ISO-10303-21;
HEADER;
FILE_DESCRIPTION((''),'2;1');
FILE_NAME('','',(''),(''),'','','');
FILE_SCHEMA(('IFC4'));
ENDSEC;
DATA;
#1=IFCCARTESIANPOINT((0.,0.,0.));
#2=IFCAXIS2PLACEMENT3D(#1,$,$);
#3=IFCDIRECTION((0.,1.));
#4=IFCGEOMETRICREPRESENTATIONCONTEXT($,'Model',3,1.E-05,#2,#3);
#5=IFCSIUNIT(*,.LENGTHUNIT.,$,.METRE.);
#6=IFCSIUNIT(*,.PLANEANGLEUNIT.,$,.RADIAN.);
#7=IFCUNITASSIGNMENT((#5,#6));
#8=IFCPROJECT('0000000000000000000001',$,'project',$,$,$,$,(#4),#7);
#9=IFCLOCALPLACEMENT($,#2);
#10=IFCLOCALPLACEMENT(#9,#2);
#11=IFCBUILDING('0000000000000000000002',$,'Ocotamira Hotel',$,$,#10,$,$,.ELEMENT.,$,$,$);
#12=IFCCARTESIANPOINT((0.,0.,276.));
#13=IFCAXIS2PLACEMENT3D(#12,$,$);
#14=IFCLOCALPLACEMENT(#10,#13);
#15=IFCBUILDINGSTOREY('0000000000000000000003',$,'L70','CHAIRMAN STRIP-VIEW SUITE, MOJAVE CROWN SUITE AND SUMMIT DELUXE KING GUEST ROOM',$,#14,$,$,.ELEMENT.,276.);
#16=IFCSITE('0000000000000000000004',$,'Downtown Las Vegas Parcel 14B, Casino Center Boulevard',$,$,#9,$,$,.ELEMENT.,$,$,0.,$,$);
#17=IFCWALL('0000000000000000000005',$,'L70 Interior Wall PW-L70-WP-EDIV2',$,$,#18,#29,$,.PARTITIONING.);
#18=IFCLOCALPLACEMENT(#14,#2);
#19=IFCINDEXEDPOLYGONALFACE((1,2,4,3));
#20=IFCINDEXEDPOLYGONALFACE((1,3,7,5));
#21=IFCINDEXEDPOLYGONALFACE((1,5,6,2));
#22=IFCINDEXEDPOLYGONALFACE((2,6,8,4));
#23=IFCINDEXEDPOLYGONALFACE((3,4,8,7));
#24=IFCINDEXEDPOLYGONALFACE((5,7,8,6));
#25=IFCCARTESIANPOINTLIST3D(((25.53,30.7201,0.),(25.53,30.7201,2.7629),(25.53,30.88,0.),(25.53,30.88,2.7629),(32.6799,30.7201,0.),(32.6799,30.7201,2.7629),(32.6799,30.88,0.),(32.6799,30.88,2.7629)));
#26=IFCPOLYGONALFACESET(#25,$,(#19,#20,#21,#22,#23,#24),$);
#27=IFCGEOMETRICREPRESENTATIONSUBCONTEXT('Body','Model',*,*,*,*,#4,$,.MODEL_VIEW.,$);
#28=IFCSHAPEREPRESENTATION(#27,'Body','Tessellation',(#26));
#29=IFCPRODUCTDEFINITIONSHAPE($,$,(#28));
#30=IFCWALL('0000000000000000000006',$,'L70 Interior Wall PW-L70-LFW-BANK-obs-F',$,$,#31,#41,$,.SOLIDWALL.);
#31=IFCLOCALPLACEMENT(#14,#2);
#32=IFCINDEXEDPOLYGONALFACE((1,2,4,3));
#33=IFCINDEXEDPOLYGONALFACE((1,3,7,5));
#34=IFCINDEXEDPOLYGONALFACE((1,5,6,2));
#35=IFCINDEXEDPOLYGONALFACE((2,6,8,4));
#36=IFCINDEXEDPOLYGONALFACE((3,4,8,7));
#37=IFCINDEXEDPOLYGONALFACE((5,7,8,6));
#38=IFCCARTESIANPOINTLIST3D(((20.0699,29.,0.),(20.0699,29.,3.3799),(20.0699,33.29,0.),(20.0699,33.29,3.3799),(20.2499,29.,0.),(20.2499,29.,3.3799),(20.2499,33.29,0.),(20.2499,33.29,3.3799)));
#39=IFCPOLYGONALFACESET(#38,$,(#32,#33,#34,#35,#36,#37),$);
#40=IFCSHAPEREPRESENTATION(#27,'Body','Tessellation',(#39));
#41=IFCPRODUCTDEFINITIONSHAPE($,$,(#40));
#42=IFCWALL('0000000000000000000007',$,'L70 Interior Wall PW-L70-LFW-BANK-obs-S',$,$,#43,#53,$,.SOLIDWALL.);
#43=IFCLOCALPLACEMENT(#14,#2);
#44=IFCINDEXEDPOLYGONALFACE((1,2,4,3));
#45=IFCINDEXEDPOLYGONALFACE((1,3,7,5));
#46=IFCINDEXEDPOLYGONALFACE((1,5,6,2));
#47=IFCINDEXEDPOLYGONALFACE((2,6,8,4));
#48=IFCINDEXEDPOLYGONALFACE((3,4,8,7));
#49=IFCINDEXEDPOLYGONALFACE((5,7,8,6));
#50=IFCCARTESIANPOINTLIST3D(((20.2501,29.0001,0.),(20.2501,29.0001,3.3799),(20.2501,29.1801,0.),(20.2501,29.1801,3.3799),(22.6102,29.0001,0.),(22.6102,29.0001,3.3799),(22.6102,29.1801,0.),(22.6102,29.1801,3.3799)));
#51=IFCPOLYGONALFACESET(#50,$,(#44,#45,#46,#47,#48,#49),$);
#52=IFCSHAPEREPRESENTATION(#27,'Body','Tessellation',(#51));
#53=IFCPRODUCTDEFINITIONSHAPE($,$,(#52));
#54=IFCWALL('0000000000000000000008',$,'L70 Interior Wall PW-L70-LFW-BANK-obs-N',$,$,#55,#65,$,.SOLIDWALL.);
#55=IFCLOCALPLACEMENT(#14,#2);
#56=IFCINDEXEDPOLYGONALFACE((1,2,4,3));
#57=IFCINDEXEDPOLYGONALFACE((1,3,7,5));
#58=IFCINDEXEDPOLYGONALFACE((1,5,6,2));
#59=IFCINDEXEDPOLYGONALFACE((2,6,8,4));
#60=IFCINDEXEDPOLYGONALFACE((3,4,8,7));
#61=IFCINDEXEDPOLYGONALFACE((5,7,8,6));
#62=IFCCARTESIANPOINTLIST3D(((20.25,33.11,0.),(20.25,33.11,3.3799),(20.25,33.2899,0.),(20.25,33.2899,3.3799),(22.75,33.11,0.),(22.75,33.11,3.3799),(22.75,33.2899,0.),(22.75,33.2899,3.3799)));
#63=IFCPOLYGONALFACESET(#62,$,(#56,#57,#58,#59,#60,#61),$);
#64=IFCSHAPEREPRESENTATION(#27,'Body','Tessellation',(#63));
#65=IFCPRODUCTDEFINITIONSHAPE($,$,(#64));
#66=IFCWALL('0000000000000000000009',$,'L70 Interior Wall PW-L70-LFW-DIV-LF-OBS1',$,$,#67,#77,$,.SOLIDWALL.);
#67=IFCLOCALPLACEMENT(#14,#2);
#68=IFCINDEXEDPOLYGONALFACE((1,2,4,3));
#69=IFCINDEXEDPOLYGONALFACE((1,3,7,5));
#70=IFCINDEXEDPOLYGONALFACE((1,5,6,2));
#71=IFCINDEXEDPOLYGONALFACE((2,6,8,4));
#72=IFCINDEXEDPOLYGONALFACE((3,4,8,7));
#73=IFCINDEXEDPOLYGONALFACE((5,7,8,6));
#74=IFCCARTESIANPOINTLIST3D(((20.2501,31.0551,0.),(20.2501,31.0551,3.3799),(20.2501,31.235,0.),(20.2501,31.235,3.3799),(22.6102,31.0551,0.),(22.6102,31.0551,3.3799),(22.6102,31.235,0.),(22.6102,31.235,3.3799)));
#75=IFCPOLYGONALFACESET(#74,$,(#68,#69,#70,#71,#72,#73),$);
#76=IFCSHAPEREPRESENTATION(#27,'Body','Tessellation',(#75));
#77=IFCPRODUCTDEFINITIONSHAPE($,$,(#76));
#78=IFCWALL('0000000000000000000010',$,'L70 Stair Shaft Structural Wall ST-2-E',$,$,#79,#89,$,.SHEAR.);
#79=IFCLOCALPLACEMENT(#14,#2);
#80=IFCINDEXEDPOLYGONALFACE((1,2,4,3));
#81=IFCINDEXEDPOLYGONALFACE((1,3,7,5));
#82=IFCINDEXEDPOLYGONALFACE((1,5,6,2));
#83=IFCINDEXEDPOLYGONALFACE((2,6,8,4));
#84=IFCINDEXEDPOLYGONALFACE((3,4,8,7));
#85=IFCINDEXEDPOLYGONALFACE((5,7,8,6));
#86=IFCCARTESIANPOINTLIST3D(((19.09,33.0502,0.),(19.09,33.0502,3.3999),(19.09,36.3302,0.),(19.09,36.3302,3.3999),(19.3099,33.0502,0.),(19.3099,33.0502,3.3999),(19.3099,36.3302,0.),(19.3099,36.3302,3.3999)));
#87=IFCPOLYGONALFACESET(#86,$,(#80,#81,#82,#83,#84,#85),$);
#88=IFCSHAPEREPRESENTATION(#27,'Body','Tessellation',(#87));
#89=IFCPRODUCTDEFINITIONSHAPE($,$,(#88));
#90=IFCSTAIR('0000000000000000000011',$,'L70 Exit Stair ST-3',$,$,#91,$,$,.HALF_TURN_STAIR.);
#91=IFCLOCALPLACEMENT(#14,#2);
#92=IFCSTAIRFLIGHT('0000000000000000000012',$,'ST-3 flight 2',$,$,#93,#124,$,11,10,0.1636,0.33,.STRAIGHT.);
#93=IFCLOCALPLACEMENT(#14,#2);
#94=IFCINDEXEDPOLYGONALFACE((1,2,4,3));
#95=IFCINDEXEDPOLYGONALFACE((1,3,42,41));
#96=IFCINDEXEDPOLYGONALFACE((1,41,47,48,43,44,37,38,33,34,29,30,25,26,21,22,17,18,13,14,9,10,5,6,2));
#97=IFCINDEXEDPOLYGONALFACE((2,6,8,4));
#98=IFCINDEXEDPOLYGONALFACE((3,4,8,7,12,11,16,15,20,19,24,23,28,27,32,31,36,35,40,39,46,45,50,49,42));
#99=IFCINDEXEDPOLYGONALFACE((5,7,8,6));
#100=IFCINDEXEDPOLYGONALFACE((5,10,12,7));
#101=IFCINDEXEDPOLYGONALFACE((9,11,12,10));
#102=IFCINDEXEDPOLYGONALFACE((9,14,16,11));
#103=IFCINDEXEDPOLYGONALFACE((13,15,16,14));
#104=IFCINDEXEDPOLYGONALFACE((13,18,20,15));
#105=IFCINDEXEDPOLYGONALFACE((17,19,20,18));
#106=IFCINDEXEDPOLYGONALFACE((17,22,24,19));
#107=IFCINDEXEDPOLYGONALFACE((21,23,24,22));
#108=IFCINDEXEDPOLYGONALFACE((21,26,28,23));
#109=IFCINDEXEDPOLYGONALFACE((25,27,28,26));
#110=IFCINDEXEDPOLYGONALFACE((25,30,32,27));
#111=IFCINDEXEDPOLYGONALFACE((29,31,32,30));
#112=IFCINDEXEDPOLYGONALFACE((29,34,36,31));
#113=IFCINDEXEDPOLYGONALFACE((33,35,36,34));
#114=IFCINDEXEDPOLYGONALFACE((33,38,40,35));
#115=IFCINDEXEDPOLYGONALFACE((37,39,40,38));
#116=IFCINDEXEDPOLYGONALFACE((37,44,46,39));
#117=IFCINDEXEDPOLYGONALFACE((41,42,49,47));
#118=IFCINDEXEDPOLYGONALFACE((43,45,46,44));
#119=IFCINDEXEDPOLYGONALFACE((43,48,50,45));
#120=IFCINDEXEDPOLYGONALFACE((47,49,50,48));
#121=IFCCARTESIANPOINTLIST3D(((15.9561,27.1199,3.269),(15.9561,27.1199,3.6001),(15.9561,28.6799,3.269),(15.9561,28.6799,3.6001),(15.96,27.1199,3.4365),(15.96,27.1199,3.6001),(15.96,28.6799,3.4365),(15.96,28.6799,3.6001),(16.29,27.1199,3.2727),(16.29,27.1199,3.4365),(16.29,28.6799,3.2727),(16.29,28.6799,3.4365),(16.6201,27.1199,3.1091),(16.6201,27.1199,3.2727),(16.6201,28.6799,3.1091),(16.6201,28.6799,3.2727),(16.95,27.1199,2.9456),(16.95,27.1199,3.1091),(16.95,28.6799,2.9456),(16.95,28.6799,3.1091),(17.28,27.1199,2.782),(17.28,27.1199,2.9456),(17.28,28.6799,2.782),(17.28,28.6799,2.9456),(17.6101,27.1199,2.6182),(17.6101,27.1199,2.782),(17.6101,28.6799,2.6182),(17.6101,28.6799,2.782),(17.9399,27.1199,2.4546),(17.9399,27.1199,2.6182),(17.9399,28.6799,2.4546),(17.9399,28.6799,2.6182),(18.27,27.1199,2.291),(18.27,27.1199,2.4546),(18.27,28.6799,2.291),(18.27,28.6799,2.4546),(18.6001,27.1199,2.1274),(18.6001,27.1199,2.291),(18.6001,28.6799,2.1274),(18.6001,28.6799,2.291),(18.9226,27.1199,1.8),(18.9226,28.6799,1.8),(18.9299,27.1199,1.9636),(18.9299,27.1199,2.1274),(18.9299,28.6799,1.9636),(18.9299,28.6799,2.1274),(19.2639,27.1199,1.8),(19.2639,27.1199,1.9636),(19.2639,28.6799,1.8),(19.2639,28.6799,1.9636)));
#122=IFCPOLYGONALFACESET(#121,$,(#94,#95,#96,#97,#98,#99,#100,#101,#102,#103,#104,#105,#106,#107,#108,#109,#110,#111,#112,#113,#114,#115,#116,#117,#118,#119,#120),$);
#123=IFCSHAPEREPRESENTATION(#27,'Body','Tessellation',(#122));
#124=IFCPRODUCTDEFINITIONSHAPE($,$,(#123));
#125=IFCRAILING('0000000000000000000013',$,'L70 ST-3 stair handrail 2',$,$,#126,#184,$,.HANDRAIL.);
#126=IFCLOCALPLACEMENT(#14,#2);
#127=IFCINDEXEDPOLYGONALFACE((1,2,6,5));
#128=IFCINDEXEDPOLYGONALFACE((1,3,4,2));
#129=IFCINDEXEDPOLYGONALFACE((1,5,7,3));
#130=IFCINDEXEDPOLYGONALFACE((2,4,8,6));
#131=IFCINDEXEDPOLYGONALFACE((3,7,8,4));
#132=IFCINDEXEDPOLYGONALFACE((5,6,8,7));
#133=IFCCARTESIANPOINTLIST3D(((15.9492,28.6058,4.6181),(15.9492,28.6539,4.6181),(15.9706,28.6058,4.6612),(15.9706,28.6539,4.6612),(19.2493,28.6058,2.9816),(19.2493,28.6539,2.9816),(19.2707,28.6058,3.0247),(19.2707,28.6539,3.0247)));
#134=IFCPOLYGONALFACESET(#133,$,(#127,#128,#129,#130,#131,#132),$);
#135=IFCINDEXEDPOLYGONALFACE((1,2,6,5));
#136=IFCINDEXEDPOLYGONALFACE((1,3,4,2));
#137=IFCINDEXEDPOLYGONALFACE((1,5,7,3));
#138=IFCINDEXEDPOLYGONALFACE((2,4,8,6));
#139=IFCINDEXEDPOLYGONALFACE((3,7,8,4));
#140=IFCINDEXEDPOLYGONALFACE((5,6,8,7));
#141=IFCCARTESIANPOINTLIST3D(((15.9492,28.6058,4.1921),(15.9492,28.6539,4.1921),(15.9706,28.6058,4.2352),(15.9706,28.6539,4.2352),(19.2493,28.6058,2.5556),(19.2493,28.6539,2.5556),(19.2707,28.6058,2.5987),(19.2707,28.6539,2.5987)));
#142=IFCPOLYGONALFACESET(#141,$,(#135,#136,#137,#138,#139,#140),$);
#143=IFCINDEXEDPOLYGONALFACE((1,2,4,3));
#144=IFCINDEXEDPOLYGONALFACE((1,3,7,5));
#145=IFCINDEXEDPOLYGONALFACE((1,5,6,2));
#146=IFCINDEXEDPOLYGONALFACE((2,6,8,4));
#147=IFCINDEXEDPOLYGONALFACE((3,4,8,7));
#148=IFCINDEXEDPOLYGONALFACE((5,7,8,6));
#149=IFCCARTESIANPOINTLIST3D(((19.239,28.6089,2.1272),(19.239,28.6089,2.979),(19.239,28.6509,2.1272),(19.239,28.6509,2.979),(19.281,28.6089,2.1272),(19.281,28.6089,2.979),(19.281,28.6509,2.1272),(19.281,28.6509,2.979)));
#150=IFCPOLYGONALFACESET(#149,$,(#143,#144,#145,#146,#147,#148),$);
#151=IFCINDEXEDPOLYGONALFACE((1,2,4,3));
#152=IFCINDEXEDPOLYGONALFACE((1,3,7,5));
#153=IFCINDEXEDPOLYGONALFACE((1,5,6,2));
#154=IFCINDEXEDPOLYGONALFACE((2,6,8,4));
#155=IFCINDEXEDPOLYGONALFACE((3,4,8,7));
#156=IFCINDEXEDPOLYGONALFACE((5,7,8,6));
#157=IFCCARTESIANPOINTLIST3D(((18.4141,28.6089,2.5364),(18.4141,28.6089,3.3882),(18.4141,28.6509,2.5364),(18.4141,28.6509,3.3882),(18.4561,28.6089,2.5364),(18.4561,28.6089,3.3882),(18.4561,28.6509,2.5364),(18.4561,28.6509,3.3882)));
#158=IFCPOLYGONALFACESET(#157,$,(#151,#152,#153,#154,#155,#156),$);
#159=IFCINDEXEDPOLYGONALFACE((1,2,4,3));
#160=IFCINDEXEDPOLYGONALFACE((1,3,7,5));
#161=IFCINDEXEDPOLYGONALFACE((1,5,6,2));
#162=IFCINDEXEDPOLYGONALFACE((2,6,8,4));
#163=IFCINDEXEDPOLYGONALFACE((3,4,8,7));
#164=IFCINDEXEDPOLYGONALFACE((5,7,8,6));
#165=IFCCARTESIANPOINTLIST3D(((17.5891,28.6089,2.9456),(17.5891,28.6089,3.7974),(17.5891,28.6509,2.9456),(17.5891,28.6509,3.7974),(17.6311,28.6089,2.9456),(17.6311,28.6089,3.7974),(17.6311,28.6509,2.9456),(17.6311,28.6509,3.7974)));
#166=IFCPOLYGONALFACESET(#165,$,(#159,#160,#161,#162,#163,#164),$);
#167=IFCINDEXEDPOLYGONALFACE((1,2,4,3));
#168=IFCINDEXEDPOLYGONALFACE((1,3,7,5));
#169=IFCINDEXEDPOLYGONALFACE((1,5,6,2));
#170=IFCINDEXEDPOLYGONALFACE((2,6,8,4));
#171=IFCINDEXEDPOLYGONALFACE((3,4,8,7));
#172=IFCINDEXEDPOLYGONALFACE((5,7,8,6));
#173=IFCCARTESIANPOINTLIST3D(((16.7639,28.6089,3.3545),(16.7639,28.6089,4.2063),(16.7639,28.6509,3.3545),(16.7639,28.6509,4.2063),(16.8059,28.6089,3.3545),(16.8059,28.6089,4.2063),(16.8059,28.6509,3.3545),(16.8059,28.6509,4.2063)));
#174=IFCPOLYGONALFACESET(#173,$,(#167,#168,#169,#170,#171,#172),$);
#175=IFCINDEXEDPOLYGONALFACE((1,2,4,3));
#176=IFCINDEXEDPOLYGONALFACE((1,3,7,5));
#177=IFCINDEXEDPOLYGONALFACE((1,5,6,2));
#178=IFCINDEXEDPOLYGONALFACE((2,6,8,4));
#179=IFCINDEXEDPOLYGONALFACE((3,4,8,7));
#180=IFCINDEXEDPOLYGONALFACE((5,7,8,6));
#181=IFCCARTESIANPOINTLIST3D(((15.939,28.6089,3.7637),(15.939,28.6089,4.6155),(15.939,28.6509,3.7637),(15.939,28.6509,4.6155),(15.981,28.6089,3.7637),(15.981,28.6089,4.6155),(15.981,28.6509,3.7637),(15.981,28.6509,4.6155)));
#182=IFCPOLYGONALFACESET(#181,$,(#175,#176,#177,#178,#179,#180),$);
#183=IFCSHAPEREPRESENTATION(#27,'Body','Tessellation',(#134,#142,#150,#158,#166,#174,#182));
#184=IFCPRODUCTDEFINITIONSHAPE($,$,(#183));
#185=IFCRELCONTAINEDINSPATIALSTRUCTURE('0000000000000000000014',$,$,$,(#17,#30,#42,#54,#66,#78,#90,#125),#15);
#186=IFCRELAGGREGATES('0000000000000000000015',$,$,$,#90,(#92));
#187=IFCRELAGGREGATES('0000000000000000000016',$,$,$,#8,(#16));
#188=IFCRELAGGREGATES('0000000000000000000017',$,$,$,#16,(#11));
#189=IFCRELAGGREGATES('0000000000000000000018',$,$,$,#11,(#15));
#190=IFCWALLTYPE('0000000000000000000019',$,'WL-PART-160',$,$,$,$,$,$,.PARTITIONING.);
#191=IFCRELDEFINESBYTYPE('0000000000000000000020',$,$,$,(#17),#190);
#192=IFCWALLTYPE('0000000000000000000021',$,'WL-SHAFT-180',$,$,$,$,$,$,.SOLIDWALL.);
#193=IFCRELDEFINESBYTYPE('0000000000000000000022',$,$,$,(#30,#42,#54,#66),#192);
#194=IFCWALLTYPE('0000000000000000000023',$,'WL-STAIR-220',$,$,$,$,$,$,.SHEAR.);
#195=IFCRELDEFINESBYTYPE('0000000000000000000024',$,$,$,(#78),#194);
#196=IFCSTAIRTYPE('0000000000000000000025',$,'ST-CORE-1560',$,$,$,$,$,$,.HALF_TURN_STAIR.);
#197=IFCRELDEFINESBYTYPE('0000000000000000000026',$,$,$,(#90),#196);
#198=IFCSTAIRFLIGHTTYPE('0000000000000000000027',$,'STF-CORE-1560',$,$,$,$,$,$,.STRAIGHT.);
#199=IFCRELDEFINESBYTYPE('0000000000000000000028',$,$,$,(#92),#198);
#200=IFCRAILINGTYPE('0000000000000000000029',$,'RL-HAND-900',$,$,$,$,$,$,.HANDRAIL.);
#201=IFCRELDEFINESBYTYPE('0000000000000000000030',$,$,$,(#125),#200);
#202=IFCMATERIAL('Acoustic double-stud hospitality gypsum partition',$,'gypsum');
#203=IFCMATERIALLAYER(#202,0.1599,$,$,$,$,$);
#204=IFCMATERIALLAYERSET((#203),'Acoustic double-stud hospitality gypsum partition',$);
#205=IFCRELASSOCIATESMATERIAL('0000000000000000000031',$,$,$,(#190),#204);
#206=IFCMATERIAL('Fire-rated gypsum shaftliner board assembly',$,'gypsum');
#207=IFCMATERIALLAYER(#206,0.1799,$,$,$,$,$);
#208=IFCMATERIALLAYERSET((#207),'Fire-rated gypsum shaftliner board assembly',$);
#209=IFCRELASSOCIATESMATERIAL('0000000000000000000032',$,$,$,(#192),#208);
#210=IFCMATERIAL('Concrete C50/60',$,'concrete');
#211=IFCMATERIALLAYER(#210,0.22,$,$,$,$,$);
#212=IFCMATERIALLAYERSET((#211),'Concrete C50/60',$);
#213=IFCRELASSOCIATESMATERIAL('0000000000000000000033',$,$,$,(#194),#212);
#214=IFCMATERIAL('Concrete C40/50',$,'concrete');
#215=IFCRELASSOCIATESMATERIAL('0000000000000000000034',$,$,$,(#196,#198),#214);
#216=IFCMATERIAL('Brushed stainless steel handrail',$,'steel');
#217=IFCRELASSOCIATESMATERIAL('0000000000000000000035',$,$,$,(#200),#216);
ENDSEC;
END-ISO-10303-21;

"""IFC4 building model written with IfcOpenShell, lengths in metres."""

from ifc_helpers import new_model, si_unit, direction, frame, frame_2d, origin, origin_2d, place, context, subcontext, project, spatial, polyline, rectangle, outline, extrude, source, transform, mapped, material, layer, layer_set, type_object, element, aggregate, save


model = new_model("IFC4")

# Units and contexts
model_context = context("Model", 3, precision=1e-05, world=origin(), true_north=direction((0.0, 1.0)))
body_context = subcontext(model_context, "Body", "Model", "MODEL_VIEW")
ifc_project = project(units=[si_unit("LENGTHUNIT", "METRE"), si_unit("PLANEANGLEUNIT", "RADIAN")], contexts=[model_context])

# Site, building, storey
site_placement = place(None, origin())
site = spatial("IfcSite", under=ifc_project, at=site_placement, Name="Downtown Las Vegas Parcel 14B, Casino Center Boulevard", CompositionType="ELEMENT", RefElevation=0.0)
building_placement = place(site_placement, origin())
building = spatial("IfcBuilding", under=site, at=building_placement, Name="Ocotamira Hotel", CompositionType="ELEMENT")
storey_placement = place(building_placement, frame((0.0, 0.0, 276.0)))
storey = spatial("IfcBuildingStorey", under=building, at=storey_placement, Name="L70", Description="CHAIRMAN STRIP-VIEW SUITE, MOJAVE CROWN SUITE AND SUMMIT DELUXE KING GUEST ROOM", CompositionType="ELEMENT", Elevation=276.0)

# Walls
ifc_material_1 = material(Name="Acoustic double-stud hospitality gypsum partition", Category="gypsum")
ifc_layer_1 = layer(ifc_material_1, 0.1599)
ifc_layer_set_1 = layer_set([ifc_layer_1], Name="Acoustic double-stud hospitality gypsum partition")
wall_type_1 = type_object("IfcWallType", Name="WL-PART-160", PredefinedType="PARTITIONING", material=ifc_layer_set_1)
wall_1_placement = place(storey_placement, frame((25.53, 30.8, 0.0), z_axis=(0.0, 0.0, 1.0), x_axis=(1.0, 0.0, 0.0)))
element("IfcWall", 1, at=wall_1_placement, inside=storey, type_object=wall_type_1, Name="L70 Interior Wall PW-L70-WP-EDIV2", PredefinedType="PARTITIONING", context=body_context, shape_type="SweptSolid", body=[
    extrude(rectangle(XDim=7.1499, YDim=0.1599, at=frame_2d((3.575, 0.0))), origin(), (0.0, 0.0, 1.0), 2.7629),
])
ifc_material_2 = material(Name="Fire-rated gypsum shaftliner board assembly", Category="gypsum")
ifc_layer_2 = layer(ifc_material_2, 0.1799)
ifc_layer_set_2 = layer_set([ifc_layer_2], Name="Fire-rated gypsum shaftliner board assembly")
wall_type_2 = type_object("IfcWallType", Name="WL-SHAFT-180", PredefinedType="SOLIDWALL", material=ifc_layer_set_2)
wall_2_placement = place(storey_placement, frame((20.1599, 29.0, 0.0), z_axis=(0.0, 0.0, 1.0), x_axis=(0.0, 1.0, 0.0)))
element("IfcWall", 2, at=wall_2_placement, inside=storey, type_object=wall_type_2, Name="L70 Interior Wall PW-L70-LFW-BANK-obs-F", PredefinedType="SOLIDWALL", context=body_context, shape_type="SweptSolid", body=[
    extrude(rectangle(XDim=4.29, YDim=0.1799, at=frame_2d((2.145, 0.0))), origin(), (0.0, 0.0, 1.0), 3.3799),
])
wall_3_placement = place(storey_placement, frame((20.25, 29.0901, 0.0), z_axis=(0.0, 0.0, 1.0), x_axis=(1.0, 0.0, 0.0)))
element("IfcWall", 3, at=wall_3_placement, inside=storey, type_object=wall_type_2, Name="L70 Interior Wall PW-L70-LFW-BANK-obs-S", PredefinedType="SOLIDWALL", context=body_context, shape_type="SweptSolid", body=[
    extrude(rectangle(XDim=2.3601, YDim=0.1799, at=frame_2d((1.1802, 0.0))), origin(), (0.0, 0.0, 1.0), 3.3799),
])
wall_4_placement = place(storey_placement, frame((20.25, 33.2, 0.0), z_axis=(0.0, 0.0, 1.0), x_axis=(1.0, 0.0, 0.0)))
element("IfcWall", 4, at=wall_4_placement, inside=storey, type_object=wall_type_2, Name="L70 Interior Wall PW-L70-LFW-BANK-obs-N", PredefinedType="SOLIDWALL", context=body_context, shape_type="SweptSolid", body=[
    extrude(rectangle(XDim=2.5, YDim=0.1799, at=frame_2d((1.25, 0.0))), origin(), (0.0, 0.0, 1.0), 3.3799),
])
wall_5_placement = place(storey_placement, frame((20.25, 31.145, 0.0), z_axis=(0.0, 0.0, 1.0), x_axis=(1.0, 0.0, 0.0)))
element("IfcWall", 5, at=wall_5_placement, inside=storey, type_object=wall_type_2, Name="L70 Interior Wall PW-L70-LFW-DIV-LF-OBS1", PredefinedType="SOLIDWALL", context=body_context, shape_type="SweptSolid", body=[
    extrude(rectangle(XDim=2.3601, YDim=0.1799, at=frame_2d((1.1802, 0.0))), origin(), (0.0, 0.0, 1.0), 3.3799),
])
ifc_material_3 = material(Name="Concrete C50/60", Category="concrete")
ifc_layer_3 = layer(ifc_material_3, 0.22)
ifc_layer_set_3 = layer_set([ifc_layer_3], Name="Concrete C50/60")
wall_type_3 = type_object("IfcWallType", Name="WL-STAIR-220", PredefinedType="SHEAR", material=ifc_layer_set_3)
wall_6_placement = place(storey_placement, frame((19.2, 33.05, 0.0), z_axis=(0.0, 0.0, 1.0), x_axis=(0.0, 1.0, 0.0)))
element("IfcWall", 6, at=wall_6_placement, inside=storey, type_object=wall_type_3, Name="L70 Stair Shaft Structural Wall ST-2-E", PredefinedType="SHEAR", context=body_context, shape_type="SweptSolid", body=[
    extrude(rectangle(XDim=3.28, YDim=0.22, at=frame_2d((1.6401, 0.0))), origin(), (0.0, 0.0, 1.0), 3.3999),
])

# Stair, stair flight
ifc_material_4 = material(Name="Concrete C40/50", Category="concrete")
stair_type = type_object("IfcStairType", Name="ST-CORE-1560", PredefinedType="HALF_TURN_STAIR", material=ifc_material_4)
stair_placement = place(storey_placement, origin())
stair = element("IfcStair", 7, at=stair_placement, inside=storey, type_object=stair_type, Name="L70 Exit Stair ST-3", PredefinedType="HALF_TURN_STAIR")
stair_flight_type = type_object("IfcStairFlightType", Name="STF-CORE-1560", PredefinedType="STRAIGHT", material=ifc_material_4)
shared_shape_1 = source(origin(), body_context, "Body", "SweptSolid", [
    extrude(outline(polyline([(-0.0039, 0.0), (-0.0039, 0.1636), (0.3301, 0.1636), (0.3301, 0.3274), (0.6599, 0.3274), (0.6599, 0.491), (0.99, 0.491), (0.99, 0.6545), (1.3201, 0.6545), (1.3201, 0.8181), (1.6499, 0.8181), (1.6499, 0.9819), (1.98, 0.9819), (1.98, 1.1455), (2.3101, 1.1455), (2.3101, 1.3091), (2.6399, 1.3091), (2.6399, 1.4727), (2.97, 1.4727), (2.97, 1.6365), (3.3, 1.6365), (3.3, 1.8), (3.304, 1.8), (3.304, 1.469), (0.3374, 0.0), (-0.0039, 0.0)])), frame((0.0, 0.78, 0.0), z_axis=(0.0, -1.0, 0.0), x_axis=(1.0, 0.0, 0.0)), (0.0, 0.0, 1.0), 1.5601),
])
stair_flight_placement = place(storey_placement, frame((19.26, 27.8999, 1.8), z_axis=(0.0, 0.0, 1.0), x_axis=(-1.0, 0.0, 0.0)))
stair_flight = element("IfcStairFlight", 8, at=stair_flight_placement, type_object=stair_flight_type, Name="ST-3 flight 2", NumberOfRisers=11, NumberOfTreads=10, PredefinedType="STRAIGHT", RiserHeight=0.1636, TreadLength=0.33, context=body_context, shape_type="MappedRepresentation", body=[
    mapped(shared_shape_1, transform((0.0, 0.0, 0.0), scale=1.0)),
])
aggregate(stair, [stair_flight])

# Railing
ifc_material_5 = material(Name="Brushed stainless steel handrail", Category="steel")
railing_type_1 = type_object("IfcRailingType", Name="RL-HAND-900", PredefinedType="HANDRAIL", material=ifc_material_5)
railing_1_placement = place(storey_placement, frame((19.26, 28.6299, 2.1272)))
element("IfcRailing", 9, at=railing_1_placement, inside=storey, type_object=railing_type_1, Name="L70 ST-3 stair handrail 2", PredefinedType="HANDRAIL", context=body_context, shape_type="SweptSolid", body=[
    extrude(rectangle(XDim=0.0481, YDim=0.0481, at=origin_2d()), frame((0.0, 0.0, 0.876), z_axis=(-0.895894, 0.0, 0.444268), x_axis=(0.0, -1.0, 0.0)), (0.0, 0.0, 1.0), 3.6836),
    extrude(rectangle(XDim=0.0481, YDim=0.0481, at=origin_2d()), frame((0.0, 0.0, 0.45), z_axis=(-0.895894, 0.0, 0.444268), x_axis=(0.0, -1.0, 0.0)), (0.0, 0.0, 1.0), 3.6836),
    extrude(rectangle(XDim=0.042, YDim=0.042, at=origin_2d()), origin(), (0.0, 0.0, 1.0), 0.8518),
    extrude(rectangle(XDim=0.042, YDim=0.042, at=origin_2d()), frame((-0.825, 0.0, 0.4092)), (0.0, 0.0, 1.0), 0.8518),
    extrude(rectangle(XDim=0.042, YDim=0.042, at=origin_2d()), frame((-1.6499, 0.0, 0.8184)), (0.0, 0.0, 1.0), 0.8518),
    extrude(rectangle(XDim=0.042, YDim=0.042, at=origin_2d()), frame((-2.4751, 0.0, 1.2273)), (0.0, 0.0, 1.0), 0.8518),
    extrude(rectangle(XDim=0.042, YDim=0.042, at=origin_2d()), frame((-3.3, 0.0, 1.6365)), (0.0, 0.0, 1.0), 0.8518),
])

save(model, "model.ifc")
